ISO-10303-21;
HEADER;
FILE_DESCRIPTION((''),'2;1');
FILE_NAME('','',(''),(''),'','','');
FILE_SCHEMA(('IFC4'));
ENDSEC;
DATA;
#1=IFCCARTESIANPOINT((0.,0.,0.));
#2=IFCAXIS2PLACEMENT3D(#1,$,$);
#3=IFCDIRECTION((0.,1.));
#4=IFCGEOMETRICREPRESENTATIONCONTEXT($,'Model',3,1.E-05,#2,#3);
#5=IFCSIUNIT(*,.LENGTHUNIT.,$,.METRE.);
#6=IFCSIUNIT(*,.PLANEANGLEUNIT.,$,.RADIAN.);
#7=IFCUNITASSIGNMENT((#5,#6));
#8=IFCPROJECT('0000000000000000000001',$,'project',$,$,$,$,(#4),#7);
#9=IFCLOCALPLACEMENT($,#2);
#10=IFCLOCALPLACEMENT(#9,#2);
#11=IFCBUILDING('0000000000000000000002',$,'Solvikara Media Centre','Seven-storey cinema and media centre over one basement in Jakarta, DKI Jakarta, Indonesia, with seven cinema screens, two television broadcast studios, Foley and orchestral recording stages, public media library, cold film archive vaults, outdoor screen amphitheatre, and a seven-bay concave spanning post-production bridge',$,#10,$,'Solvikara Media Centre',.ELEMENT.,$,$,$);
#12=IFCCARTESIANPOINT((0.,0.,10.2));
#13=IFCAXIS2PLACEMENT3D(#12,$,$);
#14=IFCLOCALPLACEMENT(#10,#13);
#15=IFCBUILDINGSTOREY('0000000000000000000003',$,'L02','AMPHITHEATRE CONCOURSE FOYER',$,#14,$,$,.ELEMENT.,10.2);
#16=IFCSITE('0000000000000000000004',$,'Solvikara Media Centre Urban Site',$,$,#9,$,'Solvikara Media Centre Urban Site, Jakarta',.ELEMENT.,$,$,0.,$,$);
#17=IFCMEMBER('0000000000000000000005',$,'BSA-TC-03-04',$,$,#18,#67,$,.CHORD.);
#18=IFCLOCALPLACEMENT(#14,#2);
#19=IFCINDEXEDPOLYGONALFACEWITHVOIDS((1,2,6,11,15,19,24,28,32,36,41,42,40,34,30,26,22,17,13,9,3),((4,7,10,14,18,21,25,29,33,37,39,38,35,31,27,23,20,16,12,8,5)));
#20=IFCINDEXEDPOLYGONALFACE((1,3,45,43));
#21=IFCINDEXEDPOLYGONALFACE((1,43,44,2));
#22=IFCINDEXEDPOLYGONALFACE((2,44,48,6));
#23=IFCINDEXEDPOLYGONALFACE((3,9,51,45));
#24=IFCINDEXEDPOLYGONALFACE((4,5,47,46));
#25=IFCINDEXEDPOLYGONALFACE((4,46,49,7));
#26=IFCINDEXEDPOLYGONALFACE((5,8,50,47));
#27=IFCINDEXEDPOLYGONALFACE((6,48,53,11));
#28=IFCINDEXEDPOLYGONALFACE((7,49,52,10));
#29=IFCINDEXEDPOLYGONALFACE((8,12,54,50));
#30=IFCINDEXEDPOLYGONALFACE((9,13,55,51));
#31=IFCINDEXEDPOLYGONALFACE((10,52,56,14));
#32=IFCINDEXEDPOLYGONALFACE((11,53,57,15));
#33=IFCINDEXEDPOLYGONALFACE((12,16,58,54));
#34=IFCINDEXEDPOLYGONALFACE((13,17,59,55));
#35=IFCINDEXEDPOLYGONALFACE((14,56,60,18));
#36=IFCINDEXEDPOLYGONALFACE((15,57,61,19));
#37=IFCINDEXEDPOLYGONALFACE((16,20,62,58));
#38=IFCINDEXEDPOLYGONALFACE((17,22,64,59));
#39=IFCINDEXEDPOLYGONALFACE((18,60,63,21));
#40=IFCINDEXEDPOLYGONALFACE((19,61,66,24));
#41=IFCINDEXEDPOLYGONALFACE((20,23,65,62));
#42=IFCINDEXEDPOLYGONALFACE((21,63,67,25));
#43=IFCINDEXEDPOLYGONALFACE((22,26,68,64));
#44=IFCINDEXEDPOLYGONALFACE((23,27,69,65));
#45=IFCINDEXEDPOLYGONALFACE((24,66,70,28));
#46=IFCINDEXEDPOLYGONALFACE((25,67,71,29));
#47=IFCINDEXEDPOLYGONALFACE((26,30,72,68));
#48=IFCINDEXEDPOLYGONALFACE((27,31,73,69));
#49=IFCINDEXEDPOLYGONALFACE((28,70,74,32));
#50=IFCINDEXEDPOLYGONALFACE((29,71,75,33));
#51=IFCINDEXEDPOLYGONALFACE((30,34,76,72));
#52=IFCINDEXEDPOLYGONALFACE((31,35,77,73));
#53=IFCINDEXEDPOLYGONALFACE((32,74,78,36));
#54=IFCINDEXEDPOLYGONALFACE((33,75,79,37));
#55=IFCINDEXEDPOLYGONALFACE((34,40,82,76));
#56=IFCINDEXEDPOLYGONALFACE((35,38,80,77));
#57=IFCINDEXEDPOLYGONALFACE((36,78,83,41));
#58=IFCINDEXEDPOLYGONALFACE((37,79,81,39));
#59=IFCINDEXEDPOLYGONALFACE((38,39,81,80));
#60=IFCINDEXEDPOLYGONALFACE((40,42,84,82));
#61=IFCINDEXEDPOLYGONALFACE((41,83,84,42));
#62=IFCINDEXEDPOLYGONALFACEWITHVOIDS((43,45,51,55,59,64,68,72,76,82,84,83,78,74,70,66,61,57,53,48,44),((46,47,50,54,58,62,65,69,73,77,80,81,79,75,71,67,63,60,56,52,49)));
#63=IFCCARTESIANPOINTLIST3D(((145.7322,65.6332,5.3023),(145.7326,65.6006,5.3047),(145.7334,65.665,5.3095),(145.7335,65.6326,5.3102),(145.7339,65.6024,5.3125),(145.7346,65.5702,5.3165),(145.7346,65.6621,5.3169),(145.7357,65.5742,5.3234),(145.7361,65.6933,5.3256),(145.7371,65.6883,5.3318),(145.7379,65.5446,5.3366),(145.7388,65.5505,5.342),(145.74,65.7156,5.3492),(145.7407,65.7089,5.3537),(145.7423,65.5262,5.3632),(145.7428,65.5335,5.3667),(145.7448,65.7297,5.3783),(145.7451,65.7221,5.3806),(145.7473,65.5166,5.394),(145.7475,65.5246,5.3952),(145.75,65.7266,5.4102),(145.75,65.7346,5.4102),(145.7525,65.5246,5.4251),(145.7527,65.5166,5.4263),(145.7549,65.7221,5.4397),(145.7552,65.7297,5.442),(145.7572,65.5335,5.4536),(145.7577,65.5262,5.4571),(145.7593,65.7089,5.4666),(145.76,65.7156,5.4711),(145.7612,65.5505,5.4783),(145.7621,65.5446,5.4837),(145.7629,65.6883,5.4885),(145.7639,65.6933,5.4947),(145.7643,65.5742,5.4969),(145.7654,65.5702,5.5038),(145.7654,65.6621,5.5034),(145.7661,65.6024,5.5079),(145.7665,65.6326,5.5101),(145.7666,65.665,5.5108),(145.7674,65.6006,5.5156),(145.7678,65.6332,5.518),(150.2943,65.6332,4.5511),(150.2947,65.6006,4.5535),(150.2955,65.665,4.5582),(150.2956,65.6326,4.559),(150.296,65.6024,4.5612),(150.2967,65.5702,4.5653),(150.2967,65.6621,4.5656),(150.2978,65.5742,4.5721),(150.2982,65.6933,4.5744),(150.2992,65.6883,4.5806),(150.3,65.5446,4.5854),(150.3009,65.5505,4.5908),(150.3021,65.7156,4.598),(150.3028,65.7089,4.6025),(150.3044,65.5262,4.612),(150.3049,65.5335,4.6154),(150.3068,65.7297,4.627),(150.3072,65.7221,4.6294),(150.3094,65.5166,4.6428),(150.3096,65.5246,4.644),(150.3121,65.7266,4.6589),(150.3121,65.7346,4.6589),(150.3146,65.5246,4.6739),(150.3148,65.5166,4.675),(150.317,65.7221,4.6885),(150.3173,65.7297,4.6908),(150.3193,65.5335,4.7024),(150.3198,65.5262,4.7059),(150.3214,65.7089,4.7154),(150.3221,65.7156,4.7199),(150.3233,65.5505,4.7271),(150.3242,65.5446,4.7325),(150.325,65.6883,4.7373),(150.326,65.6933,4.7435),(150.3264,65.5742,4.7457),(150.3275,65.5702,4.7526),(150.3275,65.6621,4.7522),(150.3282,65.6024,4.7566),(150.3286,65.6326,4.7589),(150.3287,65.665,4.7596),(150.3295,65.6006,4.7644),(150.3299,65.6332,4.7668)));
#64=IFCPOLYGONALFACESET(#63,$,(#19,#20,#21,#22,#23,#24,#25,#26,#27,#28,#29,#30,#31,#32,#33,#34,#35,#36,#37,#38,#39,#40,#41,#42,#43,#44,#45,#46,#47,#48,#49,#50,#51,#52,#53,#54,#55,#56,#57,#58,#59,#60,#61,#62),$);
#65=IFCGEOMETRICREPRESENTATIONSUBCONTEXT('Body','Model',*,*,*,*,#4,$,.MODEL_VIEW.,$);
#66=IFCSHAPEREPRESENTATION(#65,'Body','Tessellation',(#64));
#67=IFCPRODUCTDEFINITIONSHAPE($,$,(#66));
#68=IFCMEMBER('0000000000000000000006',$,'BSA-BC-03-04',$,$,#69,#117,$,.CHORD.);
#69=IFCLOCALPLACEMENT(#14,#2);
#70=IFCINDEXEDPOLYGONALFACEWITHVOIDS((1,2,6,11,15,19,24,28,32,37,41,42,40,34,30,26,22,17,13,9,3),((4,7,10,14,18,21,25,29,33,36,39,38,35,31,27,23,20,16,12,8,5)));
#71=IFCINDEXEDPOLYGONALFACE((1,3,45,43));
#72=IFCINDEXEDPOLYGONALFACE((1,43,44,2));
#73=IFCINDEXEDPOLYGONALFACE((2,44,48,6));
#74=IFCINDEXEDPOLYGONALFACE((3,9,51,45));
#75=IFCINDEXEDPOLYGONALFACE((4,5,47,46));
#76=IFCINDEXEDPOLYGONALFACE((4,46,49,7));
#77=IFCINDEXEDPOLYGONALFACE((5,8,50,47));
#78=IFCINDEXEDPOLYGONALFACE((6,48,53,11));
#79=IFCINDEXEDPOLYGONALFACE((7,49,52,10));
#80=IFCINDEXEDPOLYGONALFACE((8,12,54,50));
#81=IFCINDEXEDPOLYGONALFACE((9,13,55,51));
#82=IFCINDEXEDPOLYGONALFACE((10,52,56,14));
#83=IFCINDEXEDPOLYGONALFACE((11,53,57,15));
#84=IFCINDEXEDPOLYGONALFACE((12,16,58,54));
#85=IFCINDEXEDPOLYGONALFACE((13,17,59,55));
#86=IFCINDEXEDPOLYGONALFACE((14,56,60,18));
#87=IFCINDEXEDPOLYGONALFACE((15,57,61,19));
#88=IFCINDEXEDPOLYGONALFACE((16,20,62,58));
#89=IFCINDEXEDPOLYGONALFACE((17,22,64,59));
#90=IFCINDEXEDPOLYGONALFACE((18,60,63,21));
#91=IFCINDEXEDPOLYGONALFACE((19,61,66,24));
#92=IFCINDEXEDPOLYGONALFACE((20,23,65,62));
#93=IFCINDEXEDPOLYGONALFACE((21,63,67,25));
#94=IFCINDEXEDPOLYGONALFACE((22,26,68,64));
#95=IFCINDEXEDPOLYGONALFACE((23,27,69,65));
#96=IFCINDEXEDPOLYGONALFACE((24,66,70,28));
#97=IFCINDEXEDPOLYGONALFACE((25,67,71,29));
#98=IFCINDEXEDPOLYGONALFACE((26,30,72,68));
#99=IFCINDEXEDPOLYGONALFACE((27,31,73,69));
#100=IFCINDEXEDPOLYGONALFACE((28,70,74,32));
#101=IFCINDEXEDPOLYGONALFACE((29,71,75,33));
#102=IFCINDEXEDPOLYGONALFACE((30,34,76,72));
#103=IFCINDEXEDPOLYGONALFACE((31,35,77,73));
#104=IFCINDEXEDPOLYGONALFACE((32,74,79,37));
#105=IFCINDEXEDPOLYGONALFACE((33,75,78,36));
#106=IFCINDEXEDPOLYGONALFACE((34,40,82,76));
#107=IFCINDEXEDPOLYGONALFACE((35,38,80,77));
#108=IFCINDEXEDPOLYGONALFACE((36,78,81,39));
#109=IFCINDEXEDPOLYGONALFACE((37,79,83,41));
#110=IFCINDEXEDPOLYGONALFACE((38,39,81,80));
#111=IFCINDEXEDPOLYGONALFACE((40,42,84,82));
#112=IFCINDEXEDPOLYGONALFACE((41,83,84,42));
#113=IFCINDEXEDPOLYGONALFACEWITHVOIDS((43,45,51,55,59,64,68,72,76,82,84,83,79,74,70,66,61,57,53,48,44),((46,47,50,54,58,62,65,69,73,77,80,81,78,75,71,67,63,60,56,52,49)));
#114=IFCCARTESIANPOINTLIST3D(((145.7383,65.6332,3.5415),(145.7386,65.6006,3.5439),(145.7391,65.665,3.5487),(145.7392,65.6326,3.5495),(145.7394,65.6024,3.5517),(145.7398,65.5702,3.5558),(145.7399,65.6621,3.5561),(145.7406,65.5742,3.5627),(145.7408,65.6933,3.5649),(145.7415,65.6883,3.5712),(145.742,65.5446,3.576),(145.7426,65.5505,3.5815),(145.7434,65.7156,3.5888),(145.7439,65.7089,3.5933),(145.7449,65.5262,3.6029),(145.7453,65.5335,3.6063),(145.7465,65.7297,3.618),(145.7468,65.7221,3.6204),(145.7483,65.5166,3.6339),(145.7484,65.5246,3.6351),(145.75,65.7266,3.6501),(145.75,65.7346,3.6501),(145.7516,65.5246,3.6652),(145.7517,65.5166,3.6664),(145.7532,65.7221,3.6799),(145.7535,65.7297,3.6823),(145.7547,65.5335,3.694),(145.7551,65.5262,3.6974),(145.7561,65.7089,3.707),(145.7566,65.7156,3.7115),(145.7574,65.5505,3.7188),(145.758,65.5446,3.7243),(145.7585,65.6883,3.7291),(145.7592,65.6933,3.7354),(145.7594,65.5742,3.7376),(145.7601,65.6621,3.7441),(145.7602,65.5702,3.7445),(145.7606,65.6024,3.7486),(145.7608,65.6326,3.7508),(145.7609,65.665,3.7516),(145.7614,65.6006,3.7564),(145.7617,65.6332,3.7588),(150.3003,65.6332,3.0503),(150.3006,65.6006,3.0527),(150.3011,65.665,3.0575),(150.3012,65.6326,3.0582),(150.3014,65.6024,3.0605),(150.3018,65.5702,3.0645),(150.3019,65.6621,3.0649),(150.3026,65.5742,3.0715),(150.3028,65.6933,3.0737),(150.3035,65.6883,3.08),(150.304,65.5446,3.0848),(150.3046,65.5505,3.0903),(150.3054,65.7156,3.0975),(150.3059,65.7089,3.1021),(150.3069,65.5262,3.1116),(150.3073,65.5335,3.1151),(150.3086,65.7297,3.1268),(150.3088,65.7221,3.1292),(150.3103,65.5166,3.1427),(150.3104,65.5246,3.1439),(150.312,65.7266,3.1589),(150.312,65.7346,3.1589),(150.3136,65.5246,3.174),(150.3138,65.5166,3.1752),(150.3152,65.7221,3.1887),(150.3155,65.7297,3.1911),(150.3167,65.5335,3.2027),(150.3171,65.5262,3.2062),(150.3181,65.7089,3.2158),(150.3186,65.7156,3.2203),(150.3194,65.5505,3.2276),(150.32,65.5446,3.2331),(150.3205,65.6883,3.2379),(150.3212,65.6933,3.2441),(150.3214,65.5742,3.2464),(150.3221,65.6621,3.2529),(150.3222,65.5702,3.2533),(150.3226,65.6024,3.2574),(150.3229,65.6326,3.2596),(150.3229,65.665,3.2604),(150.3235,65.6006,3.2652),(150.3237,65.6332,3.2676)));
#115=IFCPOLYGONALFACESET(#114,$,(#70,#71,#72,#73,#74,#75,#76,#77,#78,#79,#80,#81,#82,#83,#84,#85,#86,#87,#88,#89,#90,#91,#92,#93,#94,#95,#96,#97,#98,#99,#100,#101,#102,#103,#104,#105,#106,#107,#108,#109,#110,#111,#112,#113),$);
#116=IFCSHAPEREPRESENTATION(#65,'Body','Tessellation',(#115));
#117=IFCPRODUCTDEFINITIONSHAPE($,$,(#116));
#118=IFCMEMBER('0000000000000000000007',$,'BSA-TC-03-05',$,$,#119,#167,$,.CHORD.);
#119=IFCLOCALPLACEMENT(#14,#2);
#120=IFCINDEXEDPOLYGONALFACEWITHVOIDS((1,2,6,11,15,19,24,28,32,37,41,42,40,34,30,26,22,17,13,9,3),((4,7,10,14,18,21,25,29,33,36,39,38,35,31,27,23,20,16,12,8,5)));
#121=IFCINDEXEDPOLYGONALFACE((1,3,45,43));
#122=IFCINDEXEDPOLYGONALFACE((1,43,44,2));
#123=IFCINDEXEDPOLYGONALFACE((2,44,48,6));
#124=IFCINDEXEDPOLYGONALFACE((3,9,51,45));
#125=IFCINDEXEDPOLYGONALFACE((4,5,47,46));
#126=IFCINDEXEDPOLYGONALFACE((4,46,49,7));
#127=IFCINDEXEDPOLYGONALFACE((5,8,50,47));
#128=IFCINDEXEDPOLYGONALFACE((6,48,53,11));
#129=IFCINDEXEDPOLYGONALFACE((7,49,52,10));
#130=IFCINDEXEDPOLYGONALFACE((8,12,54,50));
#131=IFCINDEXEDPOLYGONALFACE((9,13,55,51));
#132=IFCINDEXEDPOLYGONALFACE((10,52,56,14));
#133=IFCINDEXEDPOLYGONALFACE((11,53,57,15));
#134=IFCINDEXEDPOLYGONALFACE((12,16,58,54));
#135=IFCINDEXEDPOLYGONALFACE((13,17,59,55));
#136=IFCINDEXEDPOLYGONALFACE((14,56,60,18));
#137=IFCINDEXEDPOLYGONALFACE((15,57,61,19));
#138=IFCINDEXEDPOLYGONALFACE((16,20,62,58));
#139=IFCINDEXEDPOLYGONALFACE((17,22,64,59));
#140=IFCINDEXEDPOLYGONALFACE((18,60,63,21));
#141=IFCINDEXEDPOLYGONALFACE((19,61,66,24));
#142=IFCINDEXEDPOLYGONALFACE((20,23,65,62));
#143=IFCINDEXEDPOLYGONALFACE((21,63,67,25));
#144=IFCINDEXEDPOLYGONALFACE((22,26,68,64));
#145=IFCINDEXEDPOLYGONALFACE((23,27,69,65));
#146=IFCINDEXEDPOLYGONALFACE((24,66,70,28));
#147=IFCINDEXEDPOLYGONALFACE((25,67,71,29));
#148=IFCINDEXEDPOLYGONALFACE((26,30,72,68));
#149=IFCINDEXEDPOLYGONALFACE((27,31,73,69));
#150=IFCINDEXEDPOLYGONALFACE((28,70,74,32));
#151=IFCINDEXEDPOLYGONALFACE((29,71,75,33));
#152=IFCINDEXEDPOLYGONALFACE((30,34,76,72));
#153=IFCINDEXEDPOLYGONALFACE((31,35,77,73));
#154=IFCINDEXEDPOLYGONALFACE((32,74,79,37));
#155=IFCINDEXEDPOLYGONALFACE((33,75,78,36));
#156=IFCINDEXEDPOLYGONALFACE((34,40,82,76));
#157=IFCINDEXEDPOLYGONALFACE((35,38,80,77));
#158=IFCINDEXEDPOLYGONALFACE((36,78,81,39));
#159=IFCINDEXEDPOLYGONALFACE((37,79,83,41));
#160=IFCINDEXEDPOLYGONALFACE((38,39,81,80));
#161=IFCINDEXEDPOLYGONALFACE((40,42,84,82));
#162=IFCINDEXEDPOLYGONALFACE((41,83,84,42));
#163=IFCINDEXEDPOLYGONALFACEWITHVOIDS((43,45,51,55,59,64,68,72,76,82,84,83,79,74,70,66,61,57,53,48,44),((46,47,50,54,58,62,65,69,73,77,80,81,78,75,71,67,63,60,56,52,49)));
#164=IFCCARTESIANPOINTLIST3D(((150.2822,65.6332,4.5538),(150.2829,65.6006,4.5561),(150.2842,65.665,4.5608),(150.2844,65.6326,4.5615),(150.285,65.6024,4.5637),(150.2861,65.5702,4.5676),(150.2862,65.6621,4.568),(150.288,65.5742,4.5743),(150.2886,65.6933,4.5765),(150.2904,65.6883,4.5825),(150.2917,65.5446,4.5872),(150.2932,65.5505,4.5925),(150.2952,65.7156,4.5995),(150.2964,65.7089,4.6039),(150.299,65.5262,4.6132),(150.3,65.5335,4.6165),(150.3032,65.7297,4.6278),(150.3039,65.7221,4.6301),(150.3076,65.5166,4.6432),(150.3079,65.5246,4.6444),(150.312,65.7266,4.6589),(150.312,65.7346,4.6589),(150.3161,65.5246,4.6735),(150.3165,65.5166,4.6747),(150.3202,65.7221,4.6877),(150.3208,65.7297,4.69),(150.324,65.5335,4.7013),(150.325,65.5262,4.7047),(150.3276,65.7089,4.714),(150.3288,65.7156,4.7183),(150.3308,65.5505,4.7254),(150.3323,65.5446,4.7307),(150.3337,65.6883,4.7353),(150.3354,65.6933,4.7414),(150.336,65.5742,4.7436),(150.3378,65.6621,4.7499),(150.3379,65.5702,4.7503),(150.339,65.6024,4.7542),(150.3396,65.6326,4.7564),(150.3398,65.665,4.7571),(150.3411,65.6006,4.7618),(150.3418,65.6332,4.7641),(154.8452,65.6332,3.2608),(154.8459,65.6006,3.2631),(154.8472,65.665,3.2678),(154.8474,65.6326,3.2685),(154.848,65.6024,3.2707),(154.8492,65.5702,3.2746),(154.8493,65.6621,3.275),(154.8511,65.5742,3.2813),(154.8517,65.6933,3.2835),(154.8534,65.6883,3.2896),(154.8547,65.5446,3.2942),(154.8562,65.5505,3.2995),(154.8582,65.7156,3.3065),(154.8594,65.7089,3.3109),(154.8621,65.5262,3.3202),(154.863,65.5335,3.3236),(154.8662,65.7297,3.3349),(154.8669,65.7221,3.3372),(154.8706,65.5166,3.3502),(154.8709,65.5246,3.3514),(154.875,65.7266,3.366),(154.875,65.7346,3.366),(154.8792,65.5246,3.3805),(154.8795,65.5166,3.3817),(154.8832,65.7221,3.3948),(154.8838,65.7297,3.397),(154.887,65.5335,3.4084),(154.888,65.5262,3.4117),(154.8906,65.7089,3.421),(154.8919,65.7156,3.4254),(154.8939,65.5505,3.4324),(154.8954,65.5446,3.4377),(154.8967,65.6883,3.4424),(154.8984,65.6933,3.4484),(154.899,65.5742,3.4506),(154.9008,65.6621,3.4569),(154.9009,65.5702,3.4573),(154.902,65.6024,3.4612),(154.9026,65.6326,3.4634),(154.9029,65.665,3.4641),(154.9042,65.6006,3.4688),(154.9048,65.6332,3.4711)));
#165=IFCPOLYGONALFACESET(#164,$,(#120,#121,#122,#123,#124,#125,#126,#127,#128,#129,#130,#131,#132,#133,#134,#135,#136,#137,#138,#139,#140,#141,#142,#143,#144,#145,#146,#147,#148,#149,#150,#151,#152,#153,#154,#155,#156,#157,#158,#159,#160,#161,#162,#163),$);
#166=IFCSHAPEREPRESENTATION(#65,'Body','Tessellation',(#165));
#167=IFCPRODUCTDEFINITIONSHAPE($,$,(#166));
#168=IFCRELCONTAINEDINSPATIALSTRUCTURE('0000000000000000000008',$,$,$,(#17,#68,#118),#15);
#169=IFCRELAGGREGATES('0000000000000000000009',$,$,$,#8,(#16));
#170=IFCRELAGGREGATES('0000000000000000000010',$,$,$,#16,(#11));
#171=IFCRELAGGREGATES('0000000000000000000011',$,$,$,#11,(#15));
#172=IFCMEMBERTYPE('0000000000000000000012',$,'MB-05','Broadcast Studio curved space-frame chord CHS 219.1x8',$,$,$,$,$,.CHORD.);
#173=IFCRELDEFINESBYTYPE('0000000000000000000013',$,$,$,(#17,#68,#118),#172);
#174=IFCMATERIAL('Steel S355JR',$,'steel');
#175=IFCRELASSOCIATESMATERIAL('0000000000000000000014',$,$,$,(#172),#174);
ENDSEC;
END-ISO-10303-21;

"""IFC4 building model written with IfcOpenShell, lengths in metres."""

from ifc_helpers import new_model, si_unit, direction, frame, origin, origin_2d, place, context, subcontext, project, spatial, hollow_circle, extrude, material, material_profile, profile_set, type_object, element, save


model = new_model("IFC4")

# Units and contexts
model_context = context("Model", 3, precision=1e-05, world=origin(), true_north=direction((0.0, 1.0)))
body_context = subcontext(model_context, "Body", "Model", "MODEL_VIEW")
ifc_project = project(units=[si_unit("LENGTHUNIT", "METRE"), si_unit("PLANEANGLEUNIT", "RADIAN")], contexts=[model_context])

# Site, building, storey
site_placement = place(None, origin())
site = spatial("IfcSite", under=ifc_project, at=site_placement, Name="Solvikara Media Centre Urban Site", LongName="Solvikara Media Centre Urban Site, Jakarta", CompositionType="ELEMENT", RefElevation=0.0)
building_placement = place(site_placement, origin())
building = spatial("IfcBuilding", under=site, at=building_placement, Name="Solvikara Media Centre", Description="Seven-storey cinema and media centre over one basement in Jakarta, DKI Jakarta, Indonesia, with seven cinema screens, two television broadcast studios, Foley and orchestral recording stages, public media library, cold film archive vaults, outdoor screen amphitheatre, and a seven-bay concave spanning post-production bridge", LongName="Solvikara Media Centre", CompositionType="ELEMENT")
storey_placement = place(building_placement, frame((0.0, 0.0, 10.2)))
storey = spatial("IfcBuildingStorey", under=building, at=storey_placement, Name="L02", Description="AMPHITHEATRE CONCOURSE FOYER", CompositionType="ELEMENT", Elevation=10.2)

# Members
ifc_material_1 = material(Name="Steel S355JR", Category="steel")
ifc_material_profile_1 = material_profile(ifc_material_1, hollow_circle(Radius=0.1096, WallThickness=0.0081, at=origin_2d()), Name="CHS 219.1x8")
ifc_profile_set_1 = profile_set([ifc_material_profile_1], Name="Steel S355JR")
member_type_1 = type_object("IfcMemberType", Name="MB-05", Description="Broadcast Studio curved space-frame chord CHS 219.1x8", PredefinedType="CHORD", material=ifc_profile_set_1)
member_1_placement = place(storey_placement, frame((145.75, 65.625, 5.4102), z_axis=(0.986712, 0.0, -0.162481), x_axis=(0.0, 1.0, 0.0)))
element("IfcMember", 1, at=member_1_placement, inside=storey, type_object=member_type_1, Name="BSA-TC-03-04", PredefinedType="CHORD", context=body_context, shape_type="SweptSolid", body=[
    extrude(hollow_circle(Radius=0.1096, WallThickness=0.0081, at=origin_2d()), origin(), (0.0, 0.0, 1.0), 4.6235),
])
member_2_placement = place(storey_placement, frame((145.75, 65.625, 3.6501), z_axis=(0.994253, 0.0, -0.107055), x_axis=(0.0, 1.0, 0.0)))
element("IfcMember", 2, at=member_2_placement, inside=storey, type_object=member_type_1, Name="BSA-BC-03-04", PredefinedType="CHORD", context=body_context, shape_type="SweptSolid", body=[
    extrude(hollow_circle(Radius=0.1096, WallThickness=0.0081, at=origin_2d()), origin(), (0.0, 0.0, 1.0), 4.5884),
])
for number, where, z_axis, x_axis, name in (
    (3, (150.312, 65.625, 4.6589), (0.96212, 0.0, -0.272626), (0.0, 1.0, 0.0), "BSA-TC-03-05"),
):
    element("IfcMember", number, at=place(storey_placement, frame(where, z_axis=z_axis, x_axis=x_axis)), inside=storey, type_object=member_type_1, Name=name, PredefinedType="CHORD", context=body_context, shape_type="SweptSolid", body=[
        extrude(hollow_circle(Radius=0.1096, WallThickness=0.0081, at=origin_2d()), origin(), (0.0, 0.0, 1.0), 4.7427),
    ])

save(model, "model.ifc")
